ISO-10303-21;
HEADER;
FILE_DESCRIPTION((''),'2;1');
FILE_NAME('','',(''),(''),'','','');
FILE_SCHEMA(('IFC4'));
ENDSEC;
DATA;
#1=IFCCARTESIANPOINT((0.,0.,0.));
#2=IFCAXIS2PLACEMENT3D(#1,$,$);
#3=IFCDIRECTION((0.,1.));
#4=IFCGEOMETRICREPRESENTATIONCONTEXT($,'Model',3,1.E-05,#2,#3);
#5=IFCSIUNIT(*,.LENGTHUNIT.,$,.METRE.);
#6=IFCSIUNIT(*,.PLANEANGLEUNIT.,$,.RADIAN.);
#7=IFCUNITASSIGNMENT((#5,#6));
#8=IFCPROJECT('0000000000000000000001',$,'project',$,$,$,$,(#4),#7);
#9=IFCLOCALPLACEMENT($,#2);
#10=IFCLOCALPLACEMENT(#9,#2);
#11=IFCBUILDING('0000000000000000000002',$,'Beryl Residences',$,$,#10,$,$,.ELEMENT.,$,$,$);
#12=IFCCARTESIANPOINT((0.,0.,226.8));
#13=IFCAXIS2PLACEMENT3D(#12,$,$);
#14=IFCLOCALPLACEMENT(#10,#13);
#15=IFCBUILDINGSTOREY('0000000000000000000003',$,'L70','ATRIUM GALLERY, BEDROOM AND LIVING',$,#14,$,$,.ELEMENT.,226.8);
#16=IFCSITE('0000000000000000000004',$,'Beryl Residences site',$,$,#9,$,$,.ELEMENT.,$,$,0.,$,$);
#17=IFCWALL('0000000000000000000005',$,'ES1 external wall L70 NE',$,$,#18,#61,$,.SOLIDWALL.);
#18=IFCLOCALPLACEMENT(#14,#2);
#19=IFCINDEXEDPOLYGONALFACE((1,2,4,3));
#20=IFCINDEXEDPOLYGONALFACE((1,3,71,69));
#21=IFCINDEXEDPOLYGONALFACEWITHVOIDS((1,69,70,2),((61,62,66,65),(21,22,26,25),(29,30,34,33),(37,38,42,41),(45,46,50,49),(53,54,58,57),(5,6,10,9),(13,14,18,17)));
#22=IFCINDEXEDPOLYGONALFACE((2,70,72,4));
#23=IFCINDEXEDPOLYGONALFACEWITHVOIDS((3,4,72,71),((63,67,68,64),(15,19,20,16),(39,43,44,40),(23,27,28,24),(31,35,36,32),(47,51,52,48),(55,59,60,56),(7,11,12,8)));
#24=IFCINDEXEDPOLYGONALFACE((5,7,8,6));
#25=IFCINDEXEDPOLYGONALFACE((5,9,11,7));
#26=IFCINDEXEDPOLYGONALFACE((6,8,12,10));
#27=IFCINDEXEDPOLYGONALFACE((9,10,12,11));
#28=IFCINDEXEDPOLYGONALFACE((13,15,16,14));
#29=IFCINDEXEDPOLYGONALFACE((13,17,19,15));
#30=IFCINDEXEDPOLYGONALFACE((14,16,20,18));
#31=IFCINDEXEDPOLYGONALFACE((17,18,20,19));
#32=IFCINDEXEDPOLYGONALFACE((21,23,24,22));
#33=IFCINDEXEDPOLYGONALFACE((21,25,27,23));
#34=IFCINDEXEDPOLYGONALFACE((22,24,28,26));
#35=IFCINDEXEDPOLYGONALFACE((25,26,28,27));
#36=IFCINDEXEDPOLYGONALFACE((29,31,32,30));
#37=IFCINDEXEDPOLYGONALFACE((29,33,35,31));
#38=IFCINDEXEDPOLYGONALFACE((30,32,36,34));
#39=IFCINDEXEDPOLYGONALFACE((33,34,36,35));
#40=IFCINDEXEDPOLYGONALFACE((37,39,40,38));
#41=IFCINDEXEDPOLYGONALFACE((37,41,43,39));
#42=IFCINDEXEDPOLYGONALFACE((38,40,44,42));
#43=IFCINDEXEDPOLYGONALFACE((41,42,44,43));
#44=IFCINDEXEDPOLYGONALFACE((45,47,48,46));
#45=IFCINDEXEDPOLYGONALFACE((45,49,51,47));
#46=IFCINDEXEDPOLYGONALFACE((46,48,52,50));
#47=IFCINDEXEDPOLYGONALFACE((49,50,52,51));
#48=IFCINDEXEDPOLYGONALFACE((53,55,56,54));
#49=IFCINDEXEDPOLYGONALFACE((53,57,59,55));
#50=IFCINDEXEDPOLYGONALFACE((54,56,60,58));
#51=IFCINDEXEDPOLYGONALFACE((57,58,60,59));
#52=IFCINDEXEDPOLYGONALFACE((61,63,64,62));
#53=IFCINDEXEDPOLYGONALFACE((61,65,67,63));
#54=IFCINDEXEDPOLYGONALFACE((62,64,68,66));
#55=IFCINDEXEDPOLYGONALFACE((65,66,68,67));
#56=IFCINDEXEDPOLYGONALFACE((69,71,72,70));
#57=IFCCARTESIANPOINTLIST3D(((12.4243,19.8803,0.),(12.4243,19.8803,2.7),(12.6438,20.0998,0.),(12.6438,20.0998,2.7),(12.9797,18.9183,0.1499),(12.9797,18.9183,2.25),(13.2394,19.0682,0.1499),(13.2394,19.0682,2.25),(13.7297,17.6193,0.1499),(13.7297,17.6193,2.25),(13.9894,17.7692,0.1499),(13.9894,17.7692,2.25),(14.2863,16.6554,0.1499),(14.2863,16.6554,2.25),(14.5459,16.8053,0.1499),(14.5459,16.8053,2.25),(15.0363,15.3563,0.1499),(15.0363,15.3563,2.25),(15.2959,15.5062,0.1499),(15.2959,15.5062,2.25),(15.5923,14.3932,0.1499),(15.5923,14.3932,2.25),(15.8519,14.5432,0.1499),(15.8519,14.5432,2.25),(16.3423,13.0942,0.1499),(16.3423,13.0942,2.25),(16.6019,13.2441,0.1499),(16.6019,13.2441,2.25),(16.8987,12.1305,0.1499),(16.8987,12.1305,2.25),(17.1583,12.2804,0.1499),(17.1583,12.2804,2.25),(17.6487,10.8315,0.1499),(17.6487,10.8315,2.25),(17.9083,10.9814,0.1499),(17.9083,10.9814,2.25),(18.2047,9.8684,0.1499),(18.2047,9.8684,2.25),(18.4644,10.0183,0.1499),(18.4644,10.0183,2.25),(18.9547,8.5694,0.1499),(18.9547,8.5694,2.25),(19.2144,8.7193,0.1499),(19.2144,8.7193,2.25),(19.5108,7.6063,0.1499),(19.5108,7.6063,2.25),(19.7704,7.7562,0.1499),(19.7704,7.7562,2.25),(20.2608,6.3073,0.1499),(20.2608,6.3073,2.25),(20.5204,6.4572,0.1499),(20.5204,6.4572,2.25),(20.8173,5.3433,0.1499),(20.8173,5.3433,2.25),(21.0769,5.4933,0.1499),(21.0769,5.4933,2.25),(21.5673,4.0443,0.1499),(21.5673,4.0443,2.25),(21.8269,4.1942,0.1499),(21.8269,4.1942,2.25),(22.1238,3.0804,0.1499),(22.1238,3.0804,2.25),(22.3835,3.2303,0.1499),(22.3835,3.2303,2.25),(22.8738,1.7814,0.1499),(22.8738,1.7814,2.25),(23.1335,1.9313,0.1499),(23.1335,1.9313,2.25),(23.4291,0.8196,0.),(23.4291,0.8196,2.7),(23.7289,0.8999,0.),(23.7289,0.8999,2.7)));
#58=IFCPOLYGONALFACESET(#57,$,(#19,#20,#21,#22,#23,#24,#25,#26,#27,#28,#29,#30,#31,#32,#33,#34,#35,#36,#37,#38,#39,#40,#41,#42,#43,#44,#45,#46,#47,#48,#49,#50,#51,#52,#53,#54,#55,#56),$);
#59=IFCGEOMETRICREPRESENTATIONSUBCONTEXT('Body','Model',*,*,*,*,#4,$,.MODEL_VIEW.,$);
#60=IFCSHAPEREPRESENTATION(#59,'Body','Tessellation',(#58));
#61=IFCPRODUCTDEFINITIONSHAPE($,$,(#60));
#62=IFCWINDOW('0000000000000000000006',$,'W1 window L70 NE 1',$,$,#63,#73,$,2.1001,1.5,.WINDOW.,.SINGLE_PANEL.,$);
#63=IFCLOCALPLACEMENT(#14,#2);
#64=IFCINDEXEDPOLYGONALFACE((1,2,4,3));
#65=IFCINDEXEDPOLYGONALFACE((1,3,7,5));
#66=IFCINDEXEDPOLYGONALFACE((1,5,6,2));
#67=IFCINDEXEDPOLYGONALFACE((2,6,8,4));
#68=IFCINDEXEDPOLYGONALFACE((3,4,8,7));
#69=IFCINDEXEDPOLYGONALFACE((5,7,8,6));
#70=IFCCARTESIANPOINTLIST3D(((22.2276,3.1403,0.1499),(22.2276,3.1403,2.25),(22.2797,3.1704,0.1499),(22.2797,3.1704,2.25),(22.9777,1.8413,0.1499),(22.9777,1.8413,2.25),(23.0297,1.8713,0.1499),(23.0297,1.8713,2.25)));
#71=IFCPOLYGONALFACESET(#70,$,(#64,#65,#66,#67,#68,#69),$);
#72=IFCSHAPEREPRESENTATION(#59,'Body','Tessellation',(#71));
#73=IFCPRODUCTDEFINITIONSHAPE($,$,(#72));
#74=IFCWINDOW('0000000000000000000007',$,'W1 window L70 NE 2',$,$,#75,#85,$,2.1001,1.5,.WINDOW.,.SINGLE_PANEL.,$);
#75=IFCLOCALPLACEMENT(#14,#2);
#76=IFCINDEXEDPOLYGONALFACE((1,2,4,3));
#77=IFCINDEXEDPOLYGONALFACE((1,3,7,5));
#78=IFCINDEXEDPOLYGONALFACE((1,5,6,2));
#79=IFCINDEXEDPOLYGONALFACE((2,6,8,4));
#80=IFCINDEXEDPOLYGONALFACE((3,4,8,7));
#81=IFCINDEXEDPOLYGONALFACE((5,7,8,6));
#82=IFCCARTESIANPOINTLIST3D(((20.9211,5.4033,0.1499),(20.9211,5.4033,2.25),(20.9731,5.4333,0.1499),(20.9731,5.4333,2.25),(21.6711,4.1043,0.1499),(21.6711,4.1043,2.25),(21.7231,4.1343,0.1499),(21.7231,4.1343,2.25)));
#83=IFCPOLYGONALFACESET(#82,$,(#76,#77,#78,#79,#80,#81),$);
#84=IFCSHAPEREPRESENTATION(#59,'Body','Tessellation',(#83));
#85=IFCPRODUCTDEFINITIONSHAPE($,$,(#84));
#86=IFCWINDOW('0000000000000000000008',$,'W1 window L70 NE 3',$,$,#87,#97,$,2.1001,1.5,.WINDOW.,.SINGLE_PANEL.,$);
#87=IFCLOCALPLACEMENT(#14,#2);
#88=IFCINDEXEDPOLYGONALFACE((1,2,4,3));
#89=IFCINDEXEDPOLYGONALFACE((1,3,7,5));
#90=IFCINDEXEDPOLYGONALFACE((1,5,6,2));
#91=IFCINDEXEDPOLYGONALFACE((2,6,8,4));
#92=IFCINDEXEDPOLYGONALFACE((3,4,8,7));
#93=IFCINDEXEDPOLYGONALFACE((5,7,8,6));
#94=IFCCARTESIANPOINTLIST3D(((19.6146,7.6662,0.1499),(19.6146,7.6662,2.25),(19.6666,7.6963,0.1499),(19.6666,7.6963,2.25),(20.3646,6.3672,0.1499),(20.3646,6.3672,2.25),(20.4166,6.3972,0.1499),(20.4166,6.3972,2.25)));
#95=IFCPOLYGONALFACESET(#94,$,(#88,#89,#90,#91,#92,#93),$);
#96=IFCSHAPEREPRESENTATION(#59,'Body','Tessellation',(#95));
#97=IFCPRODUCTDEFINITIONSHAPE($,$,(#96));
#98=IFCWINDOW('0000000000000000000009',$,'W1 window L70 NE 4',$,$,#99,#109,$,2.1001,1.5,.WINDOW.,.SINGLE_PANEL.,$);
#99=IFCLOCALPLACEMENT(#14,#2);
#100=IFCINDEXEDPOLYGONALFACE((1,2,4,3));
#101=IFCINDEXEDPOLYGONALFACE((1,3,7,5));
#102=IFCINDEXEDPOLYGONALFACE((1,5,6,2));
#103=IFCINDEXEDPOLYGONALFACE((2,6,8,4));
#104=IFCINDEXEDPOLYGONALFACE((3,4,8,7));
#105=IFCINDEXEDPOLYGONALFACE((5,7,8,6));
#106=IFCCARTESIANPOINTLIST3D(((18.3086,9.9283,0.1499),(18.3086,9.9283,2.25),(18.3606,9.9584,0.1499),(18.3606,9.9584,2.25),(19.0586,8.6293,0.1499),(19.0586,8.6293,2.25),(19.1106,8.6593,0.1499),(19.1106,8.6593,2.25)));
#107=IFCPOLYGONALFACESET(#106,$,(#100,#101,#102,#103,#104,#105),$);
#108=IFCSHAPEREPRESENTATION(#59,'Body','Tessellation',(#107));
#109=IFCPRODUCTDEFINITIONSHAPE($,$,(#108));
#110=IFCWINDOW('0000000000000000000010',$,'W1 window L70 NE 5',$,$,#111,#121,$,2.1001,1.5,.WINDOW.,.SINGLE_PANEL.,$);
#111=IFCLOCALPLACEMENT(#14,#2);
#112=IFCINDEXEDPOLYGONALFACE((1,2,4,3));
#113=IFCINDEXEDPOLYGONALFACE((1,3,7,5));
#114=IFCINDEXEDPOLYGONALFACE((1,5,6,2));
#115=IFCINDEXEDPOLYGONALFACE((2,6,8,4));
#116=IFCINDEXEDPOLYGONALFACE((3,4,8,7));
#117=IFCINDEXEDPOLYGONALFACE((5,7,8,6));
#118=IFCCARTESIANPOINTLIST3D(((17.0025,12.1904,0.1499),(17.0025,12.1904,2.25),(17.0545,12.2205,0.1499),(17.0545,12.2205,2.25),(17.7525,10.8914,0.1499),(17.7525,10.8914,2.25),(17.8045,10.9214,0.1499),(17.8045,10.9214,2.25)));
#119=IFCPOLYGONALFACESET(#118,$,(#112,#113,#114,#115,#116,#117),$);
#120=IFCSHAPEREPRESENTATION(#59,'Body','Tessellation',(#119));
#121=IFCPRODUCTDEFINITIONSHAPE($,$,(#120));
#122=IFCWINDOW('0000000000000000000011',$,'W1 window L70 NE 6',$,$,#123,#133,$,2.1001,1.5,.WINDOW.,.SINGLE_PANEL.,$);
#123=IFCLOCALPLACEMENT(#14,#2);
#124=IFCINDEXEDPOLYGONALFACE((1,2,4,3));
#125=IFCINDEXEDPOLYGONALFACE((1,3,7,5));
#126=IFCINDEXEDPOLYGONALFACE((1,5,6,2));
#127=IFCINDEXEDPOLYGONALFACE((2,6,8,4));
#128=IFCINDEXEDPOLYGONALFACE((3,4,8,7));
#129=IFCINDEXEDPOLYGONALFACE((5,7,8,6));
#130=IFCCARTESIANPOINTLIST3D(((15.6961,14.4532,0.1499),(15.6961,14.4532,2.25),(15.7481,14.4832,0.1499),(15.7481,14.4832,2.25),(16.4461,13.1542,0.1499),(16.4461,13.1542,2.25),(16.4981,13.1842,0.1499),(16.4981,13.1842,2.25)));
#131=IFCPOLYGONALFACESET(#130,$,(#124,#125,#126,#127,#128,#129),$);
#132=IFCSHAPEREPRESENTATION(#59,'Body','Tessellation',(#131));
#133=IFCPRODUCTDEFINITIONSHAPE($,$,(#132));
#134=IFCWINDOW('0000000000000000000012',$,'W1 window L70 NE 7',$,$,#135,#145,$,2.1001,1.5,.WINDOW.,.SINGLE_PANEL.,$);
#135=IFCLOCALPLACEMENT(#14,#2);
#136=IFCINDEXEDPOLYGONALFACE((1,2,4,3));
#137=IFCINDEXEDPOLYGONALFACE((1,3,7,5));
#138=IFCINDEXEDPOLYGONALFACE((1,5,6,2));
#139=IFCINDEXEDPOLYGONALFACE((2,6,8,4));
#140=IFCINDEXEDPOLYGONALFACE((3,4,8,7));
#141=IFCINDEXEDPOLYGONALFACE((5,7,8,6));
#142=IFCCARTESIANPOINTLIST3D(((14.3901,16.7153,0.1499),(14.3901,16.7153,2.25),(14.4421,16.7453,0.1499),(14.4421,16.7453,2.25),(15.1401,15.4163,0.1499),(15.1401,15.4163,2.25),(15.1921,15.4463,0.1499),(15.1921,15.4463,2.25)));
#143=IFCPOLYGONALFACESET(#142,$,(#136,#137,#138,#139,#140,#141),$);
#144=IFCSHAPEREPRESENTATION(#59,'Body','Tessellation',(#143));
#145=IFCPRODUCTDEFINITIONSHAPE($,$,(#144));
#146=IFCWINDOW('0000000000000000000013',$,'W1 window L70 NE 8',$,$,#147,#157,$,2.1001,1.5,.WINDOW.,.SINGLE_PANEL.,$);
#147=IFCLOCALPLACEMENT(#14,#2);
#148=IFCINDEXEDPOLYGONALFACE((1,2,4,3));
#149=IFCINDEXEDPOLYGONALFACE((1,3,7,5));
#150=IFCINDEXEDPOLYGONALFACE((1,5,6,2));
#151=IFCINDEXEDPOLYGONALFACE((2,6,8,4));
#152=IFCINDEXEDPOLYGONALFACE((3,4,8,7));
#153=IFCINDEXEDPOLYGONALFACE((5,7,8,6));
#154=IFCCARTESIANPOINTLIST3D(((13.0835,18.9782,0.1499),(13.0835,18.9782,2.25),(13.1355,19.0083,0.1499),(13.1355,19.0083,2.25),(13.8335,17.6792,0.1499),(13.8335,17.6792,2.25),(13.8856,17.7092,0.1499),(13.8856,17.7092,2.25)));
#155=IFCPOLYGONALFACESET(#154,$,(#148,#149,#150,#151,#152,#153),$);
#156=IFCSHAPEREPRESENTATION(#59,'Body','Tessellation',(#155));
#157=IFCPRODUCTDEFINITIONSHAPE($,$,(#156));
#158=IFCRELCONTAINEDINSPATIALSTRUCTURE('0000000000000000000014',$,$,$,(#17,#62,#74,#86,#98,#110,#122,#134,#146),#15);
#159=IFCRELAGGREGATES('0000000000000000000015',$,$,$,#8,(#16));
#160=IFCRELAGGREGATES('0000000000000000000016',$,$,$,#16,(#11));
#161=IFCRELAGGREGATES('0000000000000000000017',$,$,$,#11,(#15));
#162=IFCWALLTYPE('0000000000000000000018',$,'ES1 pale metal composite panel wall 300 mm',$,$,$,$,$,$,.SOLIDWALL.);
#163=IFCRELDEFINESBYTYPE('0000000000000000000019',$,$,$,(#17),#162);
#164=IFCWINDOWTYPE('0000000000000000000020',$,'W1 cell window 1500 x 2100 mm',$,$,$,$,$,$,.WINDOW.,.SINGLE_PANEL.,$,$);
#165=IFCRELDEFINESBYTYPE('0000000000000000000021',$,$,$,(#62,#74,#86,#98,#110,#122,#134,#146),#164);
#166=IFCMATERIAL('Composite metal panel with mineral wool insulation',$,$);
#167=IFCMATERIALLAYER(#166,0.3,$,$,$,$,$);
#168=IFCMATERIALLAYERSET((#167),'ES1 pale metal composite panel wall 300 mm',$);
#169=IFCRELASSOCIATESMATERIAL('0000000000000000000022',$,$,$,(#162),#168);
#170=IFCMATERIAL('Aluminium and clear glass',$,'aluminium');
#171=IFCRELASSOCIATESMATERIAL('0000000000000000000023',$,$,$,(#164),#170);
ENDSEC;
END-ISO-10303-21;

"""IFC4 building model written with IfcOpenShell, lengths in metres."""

from ifc_helpers import new_model, si_unit, direction, frame, frame_2d, origin, place, context, subcontext, project, spatial, polyline, rectangle, outline, extrude, material, layer, layer_set, type_object, element, fill, save


model = new_model("IFC4")

# Units and contexts
model_context = context("Model", 3, precision=1e-05, world=origin(), true_north=direction((0.0, 1.0)))
body_context = subcontext(model_context, "Body", "Model", "MODEL_VIEW")
ifc_project = project(units=[si_unit("LENGTHUNIT", "METRE"), si_unit("PLANEANGLEUNIT", "RADIAN")], contexts=[model_context])

# Site, building, storey
site_placement = place(None, origin())
site = spatial("IfcSite", under=ifc_project, at=site_placement, Name="Beryl Residences site", CompositionType="ELEMENT", RefElevation=0.0)
building_placement = place(site_placement, origin())
building = spatial("IfcBuilding", under=site, at=building_placement, Name="Beryl Residences", CompositionType="ELEMENT")
storey_placement = place(building_placement, frame((0.0, 0.0, 226.8)))
storey = spatial("IfcBuildingStorey", under=building, at=storey_placement, Name="L70", Description="ATRIUM GALLERY, BEDROOM AND LIVING", CompositionType="ELEMENT", Elevation=226.8)

# Wall, openings, windows
ifc_material_1 = material(Name="Composite metal panel with mineral wool insulation")
ifc_layer_1 = layer(ifc_material_1, 0.3)
ifc_layer_set_1 = layer_set([ifc_layer_1], Name="ES1 pale metal composite panel wall 300 mm")
wall_type_1 = type_object("IfcWallType", Name="ES1 pale metal composite panel wall 300 mm", PredefinedType="SOLIDWALL", material=ifc_layer_set_1)
wall_1_placement = place(storey_placement, frame((23.5991, 0.825, 0.0), z_axis=(0.0, 0.0, 1.0), x_axis=(-0.500004, 0.866023, 0.0)))
wall_1 = element("IfcWall", 1, at=wall_1_placement, inside=storey, type_object=wall_type_1, Name="ES1 external wall L70 NE", PredefinedType="SOLIDWALL", context=body_context, shape_type="SweptSolid", body=[
    extrude(outline(polyline([(0.0, -0.1499), (22.1702, -0.1499), (22.0898, 0.1499), (0.0803, 0.1499), (0.0, -0.1499)])), origin(), (0.0, 0.0, 1.0), 2.7),
])
opening_1_placement = place(wall_1_placement, frame((1.1909, 0.0, 0.1499)))
opening_1 = element("IfcOpeningElement", 2, at=opening_1_placement, cuts=wall_1, PredefinedType="OPENING", context=body_context, shape_type="SweptSolid", body=[
    extrude(rectangle(XDim=1.5, YDim=2.1001, at=frame_2d((0.75, 1.05))), frame((0.0, 0.1599, 0.0), z_axis=(0.0, -1.0, 0.0), x_axis=(1.0, 0.0, 0.0)), (0.0, 0.0, 1.0), 0.3201),
])
opening_2_placement = place(wall_1_placement, frame((3.804, 0.0, 0.1499)))
opening_2 = element("IfcOpeningElement", 3, at=opening_2_placement, cuts=wall_1, PredefinedType="OPENING", context=body_context, shape_type="SweptSolid", body=[
    extrude(rectangle(XDim=1.5, YDim=2.1001, at=frame_2d((0.75, 1.05))), frame((0.0, 0.1599, 0.0), z_axis=(0.0, -1.0, 0.0), x_axis=(1.0, 0.0, 0.0)), (0.0, 0.0, 1.0), 0.3201),
])
opening_3_placement = place(wall_1_placement, frame((6.417, 0.0, 0.1499)))
opening_3 = element("IfcOpeningElement", 4, at=opening_3_placement, cuts=wall_1, PredefinedType="OPENING", context=body_context, shape_type="SweptSolid", body=[
    extrude(rectangle(XDim=1.5, YDim=2.1001, at=frame_2d((0.75, 1.05))), frame((0.0, 0.1599, 0.0), z_axis=(0.0, -1.0, 0.0), x_axis=(1.0, 0.0, 0.0)), (0.0, 0.0, 1.0), 0.3201),
])
opening_4_placement = place(wall_1_placement, frame((9.0291, 0.0, 0.1499)))
opening_4 = element("IfcOpeningElement", 5, at=opening_4_placement, cuts=wall_1, PredefinedType="OPENING", context=body_context, shape_type="SweptSolid", body=[
    extrude(rectangle(XDim=1.5, YDim=2.1001, at=frame_2d((0.75, 1.05))), frame((0.0, 0.1599, 0.0), z_axis=(0.0, -1.0, 0.0), x_axis=(1.0, 0.0, 0.0)), (0.0, 0.0, 1.0), 0.3201),
])
opening_5_placement = place(wall_1_placement, frame((11.6411, 0.0, 0.1499)))
opening_5 = element("IfcOpeningElement", 6, at=opening_5_placement, cuts=wall_1, PredefinedType="OPENING", context=body_context, shape_type="SweptSolid", body=[
    extrude(rectangle(XDim=1.5, YDim=2.1001, at=frame_2d((0.75, 1.05))), frame((0.0, 0.1599, 0.0), z_axis=(0.0, -1.0, 0.0), x_axis=(1.0, 0.0, 0.0)), (0.0, 0.0, 1.0), 0.3201),
])
opening_6_placement = place(wall_1_placement, frame((14.2539, 0.0, 0.1499)))
opening_6 = element("IfcOpeningElement", 7, at=opening_6_placement, cuts=wall_1, PredefinedType="OPENING", context=body_context, shape_type="SweptSolid", body=[
    extrude(rectangle(XDim=1.5, YDim=2.1001, at=frame_2d((0.75, 1.05))), frame((0.0, 0.1599, 0.0), z_axis=(0.0, -1.0, 0.0), x_axis=(1.0, 0.0, 0.0)), (0.0, 0.0, 1.0), 0.3201),
])
opening_7_placement = place(wall_1_placement, frame((16.866, 0.0, 0.1499)))
opening_7 = element("IfcOpeningElement", 8, at=opening_7_placement, cuts=wall_1, PredefinedType="OPENING", context=body_context, shape_type="SweptSolid", body=[
    extrude(rectangle(XDim=1.5, YDim=2.1001, at=frame_2d((0.75, 1.05))), frame((0.0, 0.1599, 0.0), z_axis=(0.0, -1.0, 0.0), x_axis=(1.0, 0.0, 0.0)), (0.0, 0.0, 1.0), 0.3201),
])
opening_8_placement = place(wall_1_placement, frame((19.479, 0.0, 0.1499)))
opening_8 = element("IfcOpeningElement", 9, at=opening_8_placement, cuts=wall_1, PredefinedType="OPENING", context=body_context, shape_type="SweptSolid", body=[
    extrude(rectangle(XDim=1.5, YDim=2.1001, at=frame_2d((0.75, 1.05))), frame((0.0, 0.1599, 0.0), z_axis=(0.0, -1.0, 0.0), x_axis=(1.0, 0.0, 0.0)), (0.0, 0.0, 1.0), 0.3201),
])
ifc_material_2 = material(Name="Aluminium and clear glass", Category="aluminium")
window_type = type_object("IfcWindowType", Name="W1 cell window 1500 x 2100 mm", PartitioningType="SINGLE_PANEL", PredefinedType="WINDOW", material=ifc_material_2)
window_1_placement = place(opening_1_placement, origin())
window_1 = element("IfcWindow", 10, at=window_1_placement, inside=storey, type_object=window_type, Name="W1 window L70 NE 1", OverallHeight=2.1001, OverallWidth=1.5, PartitioningType="SINGLE_PANEL", PredefinedType="WINDOW", context=body_context, shape_type="SweptSolid", body=[
    extrude(rectangle(XDim=1.5, YDim=2.1001, at=frame_2d((0.75, 1.05))), frame((0.0, 0.03, 0.0), z_axis=(0.0, -1.0, 0.0), x_axis=(1.0, 0.0, 0.0)), (0.0, 0.0, 1.0), 0.0601),
])
fill(opening_1, window_1)
window_2_placement = place(opening_2_placement, origin())
window_2 = element("IfcWindow", 11, at=window_2_placement, inside=storey, type_object=window_type, Name="W1 window L70 NE 2", OverallHeight=2.1001, OverallWidth=1.5, PartitioningType="SINGLE_PANEL", PredefinedType="WINDOW", context=body_context, shape_type="SweptSolid", body=[
    extrude(rectangle(XDim=1.5, YDim=2.1001, at=frame_2d((0.75, 1.05))), frame((0.0, 0.03, 0.0), z_axis=(0.0, -1.0, 0.0), x_axis=(1.0, 0.0, 0.0)), (0.0, 0.0, 1.0), 0.0601),
])
fill(opening_2, window_2)
window_3_placement = place(opening_3_placement, origin())
window_3 = element("IfcWindow", 12, at=window_3_placement, inside=storey, type_object=window_type, Name="W1 window L70 NE 3", OverallHeight=2.1001, OverallWidth=1.5, PartitioningType="SINGLE_PANEL", PredefinedType="WINDOW", context=body_context, shape_type="SweptSolid", body=[
    extrude(rectangle(XDim=1.5, YDim=2.1001, at=frame_2d((0.75, 1.05))), frame((0.0, 0.03, 0.0), z_axis=(0.0, -1.0, 0.0), x_axis=(1.0, 0.0, 0.0)), (0.0, 0.0, 1.0), 0.0601),
])
fill(opening_3, window_3)
window_4_placement = place(opening_4_placement, origin())
window_4 = element("IfcWindow", 13, at=window_4_placement, inside=storey, type_object=window_type, Name="W1 window L70 NE 4", OverallHeight=2.1001, OverallWidth=1.5, PartitioningType="SINGLE_PANEL", PredefinedType="WINDOW", context=body_context, shape_type="SweptSolid", body=[
    extrude(rectangle(XDim=1.5, YDim=2.1001, at=frame_2d((0.75, 1.05))), frame((0.0, 0.03, 0.0), z_axis=(0.0, -1.0, 0.0), x_axis=(1.0, 0.0, 0.0)), (0.0, 0.0, 1.0), 0.0601),
])
fill(opening_4, window_4)
window_5_placement = place(opening_5_placement, origin())
window_5 = element("IfcWindow", 14, at=window_5_placement, inside=storey, type_object=window_type, Name="W1 window L70 NE 5", OverallHeight=2.1001, OverallWidth=1.5, PartitioningType="SINGLE_PANEL", PredefinedType="WINDOW", context=body_context, shape_type="SweptSolid", body=[
    extrude(rectangle(XDim=1.5, YDim=2.1001, at=frame_2d((0.75, 1.05))), frame((0.0, 0.03, 0.0), z_axis=(0.0, -1.0, 0.0), x_axis=(1.0, 0.0, 0.0)), (0.0, 0.0, 1.0), 0.0601),
])
fill(opening_5, window_5)
window_6_placement = place(opening_6_placement, origin())
window_6 = element("IfcWindow", 15, at=window_6_placement, inside=storey, type_object=window_type, Name="W1 window L70 NE 6", OverallHeight=2.1001, OverallWidth=1.5, PartitioningType="SINGLE_PANEL", PredefinedType="WINDOW", context=body_context, shape_type="SweptSolid", body=[
    extrude(rectangle(XDim=1.5, YDim=2.1001, at=frame_2d((0.75, 1.05))), frame((0.0, 0.03, 0.0), z_axis=(0.0, -1.0, 0.0), x_axis=(1.0, 0.0, 0.0)), (0.0, 0.0, 1.0), 0.0601),
])
fill(opening_6, window_6)
window_7_placement = place(opening_7_placement, origin())
window_7 = element("IfcWindow", 16, at=window_7_placement, inside=storey, type_object=window_type, Name="W1 window L70 NE 7", OverallHeight=2.1001, OverallWidth=1.5, PartitioningType="SINGLE_PANEL", PredefinedType="WINDOW", context=body_context, shape_type="SweptSolid", body=[
    extrude(rectangle(XDim=1.5, YDim=2.1001, at=frame_2d((0.75, 1.05))), frame((0.0, 0.03, 0.0), z_axis=(0.0, -1.0, 0.0), x_axis=(1.0, 0.0, 0.0)), (0.0, 0.0, 1.0), 0.0601),
])
fill(opening_7, window_7)
window_8_placement = place(opening_8_placement, origin())
window_8 = element("IfcWindow", 17, at=window_8_placement, inside=storey, type_object=window_type, Name="W1 window L70 NE 8", OverallHeight=2.1001, OverallWidth=1.5, PartitioningType="SINGLE_PANEL", PredefinedType="WINDOW", context=body_context, shape_type="SweptSolid", body=[
    extrude(rectangle(XDim=1.5, YDim=2.1001, at=frame_2d((0.75, 1.05))), frame((0.0, 0.03, 0.0), z_axis=(0.0, -1.0, 0.0), x_axis=(1.0, 0.0, 0.0)), (0.0, 0.0, 1.0), 0.0601),
])
fill(opening_8, window_8)

save(model, "model.ifc")
